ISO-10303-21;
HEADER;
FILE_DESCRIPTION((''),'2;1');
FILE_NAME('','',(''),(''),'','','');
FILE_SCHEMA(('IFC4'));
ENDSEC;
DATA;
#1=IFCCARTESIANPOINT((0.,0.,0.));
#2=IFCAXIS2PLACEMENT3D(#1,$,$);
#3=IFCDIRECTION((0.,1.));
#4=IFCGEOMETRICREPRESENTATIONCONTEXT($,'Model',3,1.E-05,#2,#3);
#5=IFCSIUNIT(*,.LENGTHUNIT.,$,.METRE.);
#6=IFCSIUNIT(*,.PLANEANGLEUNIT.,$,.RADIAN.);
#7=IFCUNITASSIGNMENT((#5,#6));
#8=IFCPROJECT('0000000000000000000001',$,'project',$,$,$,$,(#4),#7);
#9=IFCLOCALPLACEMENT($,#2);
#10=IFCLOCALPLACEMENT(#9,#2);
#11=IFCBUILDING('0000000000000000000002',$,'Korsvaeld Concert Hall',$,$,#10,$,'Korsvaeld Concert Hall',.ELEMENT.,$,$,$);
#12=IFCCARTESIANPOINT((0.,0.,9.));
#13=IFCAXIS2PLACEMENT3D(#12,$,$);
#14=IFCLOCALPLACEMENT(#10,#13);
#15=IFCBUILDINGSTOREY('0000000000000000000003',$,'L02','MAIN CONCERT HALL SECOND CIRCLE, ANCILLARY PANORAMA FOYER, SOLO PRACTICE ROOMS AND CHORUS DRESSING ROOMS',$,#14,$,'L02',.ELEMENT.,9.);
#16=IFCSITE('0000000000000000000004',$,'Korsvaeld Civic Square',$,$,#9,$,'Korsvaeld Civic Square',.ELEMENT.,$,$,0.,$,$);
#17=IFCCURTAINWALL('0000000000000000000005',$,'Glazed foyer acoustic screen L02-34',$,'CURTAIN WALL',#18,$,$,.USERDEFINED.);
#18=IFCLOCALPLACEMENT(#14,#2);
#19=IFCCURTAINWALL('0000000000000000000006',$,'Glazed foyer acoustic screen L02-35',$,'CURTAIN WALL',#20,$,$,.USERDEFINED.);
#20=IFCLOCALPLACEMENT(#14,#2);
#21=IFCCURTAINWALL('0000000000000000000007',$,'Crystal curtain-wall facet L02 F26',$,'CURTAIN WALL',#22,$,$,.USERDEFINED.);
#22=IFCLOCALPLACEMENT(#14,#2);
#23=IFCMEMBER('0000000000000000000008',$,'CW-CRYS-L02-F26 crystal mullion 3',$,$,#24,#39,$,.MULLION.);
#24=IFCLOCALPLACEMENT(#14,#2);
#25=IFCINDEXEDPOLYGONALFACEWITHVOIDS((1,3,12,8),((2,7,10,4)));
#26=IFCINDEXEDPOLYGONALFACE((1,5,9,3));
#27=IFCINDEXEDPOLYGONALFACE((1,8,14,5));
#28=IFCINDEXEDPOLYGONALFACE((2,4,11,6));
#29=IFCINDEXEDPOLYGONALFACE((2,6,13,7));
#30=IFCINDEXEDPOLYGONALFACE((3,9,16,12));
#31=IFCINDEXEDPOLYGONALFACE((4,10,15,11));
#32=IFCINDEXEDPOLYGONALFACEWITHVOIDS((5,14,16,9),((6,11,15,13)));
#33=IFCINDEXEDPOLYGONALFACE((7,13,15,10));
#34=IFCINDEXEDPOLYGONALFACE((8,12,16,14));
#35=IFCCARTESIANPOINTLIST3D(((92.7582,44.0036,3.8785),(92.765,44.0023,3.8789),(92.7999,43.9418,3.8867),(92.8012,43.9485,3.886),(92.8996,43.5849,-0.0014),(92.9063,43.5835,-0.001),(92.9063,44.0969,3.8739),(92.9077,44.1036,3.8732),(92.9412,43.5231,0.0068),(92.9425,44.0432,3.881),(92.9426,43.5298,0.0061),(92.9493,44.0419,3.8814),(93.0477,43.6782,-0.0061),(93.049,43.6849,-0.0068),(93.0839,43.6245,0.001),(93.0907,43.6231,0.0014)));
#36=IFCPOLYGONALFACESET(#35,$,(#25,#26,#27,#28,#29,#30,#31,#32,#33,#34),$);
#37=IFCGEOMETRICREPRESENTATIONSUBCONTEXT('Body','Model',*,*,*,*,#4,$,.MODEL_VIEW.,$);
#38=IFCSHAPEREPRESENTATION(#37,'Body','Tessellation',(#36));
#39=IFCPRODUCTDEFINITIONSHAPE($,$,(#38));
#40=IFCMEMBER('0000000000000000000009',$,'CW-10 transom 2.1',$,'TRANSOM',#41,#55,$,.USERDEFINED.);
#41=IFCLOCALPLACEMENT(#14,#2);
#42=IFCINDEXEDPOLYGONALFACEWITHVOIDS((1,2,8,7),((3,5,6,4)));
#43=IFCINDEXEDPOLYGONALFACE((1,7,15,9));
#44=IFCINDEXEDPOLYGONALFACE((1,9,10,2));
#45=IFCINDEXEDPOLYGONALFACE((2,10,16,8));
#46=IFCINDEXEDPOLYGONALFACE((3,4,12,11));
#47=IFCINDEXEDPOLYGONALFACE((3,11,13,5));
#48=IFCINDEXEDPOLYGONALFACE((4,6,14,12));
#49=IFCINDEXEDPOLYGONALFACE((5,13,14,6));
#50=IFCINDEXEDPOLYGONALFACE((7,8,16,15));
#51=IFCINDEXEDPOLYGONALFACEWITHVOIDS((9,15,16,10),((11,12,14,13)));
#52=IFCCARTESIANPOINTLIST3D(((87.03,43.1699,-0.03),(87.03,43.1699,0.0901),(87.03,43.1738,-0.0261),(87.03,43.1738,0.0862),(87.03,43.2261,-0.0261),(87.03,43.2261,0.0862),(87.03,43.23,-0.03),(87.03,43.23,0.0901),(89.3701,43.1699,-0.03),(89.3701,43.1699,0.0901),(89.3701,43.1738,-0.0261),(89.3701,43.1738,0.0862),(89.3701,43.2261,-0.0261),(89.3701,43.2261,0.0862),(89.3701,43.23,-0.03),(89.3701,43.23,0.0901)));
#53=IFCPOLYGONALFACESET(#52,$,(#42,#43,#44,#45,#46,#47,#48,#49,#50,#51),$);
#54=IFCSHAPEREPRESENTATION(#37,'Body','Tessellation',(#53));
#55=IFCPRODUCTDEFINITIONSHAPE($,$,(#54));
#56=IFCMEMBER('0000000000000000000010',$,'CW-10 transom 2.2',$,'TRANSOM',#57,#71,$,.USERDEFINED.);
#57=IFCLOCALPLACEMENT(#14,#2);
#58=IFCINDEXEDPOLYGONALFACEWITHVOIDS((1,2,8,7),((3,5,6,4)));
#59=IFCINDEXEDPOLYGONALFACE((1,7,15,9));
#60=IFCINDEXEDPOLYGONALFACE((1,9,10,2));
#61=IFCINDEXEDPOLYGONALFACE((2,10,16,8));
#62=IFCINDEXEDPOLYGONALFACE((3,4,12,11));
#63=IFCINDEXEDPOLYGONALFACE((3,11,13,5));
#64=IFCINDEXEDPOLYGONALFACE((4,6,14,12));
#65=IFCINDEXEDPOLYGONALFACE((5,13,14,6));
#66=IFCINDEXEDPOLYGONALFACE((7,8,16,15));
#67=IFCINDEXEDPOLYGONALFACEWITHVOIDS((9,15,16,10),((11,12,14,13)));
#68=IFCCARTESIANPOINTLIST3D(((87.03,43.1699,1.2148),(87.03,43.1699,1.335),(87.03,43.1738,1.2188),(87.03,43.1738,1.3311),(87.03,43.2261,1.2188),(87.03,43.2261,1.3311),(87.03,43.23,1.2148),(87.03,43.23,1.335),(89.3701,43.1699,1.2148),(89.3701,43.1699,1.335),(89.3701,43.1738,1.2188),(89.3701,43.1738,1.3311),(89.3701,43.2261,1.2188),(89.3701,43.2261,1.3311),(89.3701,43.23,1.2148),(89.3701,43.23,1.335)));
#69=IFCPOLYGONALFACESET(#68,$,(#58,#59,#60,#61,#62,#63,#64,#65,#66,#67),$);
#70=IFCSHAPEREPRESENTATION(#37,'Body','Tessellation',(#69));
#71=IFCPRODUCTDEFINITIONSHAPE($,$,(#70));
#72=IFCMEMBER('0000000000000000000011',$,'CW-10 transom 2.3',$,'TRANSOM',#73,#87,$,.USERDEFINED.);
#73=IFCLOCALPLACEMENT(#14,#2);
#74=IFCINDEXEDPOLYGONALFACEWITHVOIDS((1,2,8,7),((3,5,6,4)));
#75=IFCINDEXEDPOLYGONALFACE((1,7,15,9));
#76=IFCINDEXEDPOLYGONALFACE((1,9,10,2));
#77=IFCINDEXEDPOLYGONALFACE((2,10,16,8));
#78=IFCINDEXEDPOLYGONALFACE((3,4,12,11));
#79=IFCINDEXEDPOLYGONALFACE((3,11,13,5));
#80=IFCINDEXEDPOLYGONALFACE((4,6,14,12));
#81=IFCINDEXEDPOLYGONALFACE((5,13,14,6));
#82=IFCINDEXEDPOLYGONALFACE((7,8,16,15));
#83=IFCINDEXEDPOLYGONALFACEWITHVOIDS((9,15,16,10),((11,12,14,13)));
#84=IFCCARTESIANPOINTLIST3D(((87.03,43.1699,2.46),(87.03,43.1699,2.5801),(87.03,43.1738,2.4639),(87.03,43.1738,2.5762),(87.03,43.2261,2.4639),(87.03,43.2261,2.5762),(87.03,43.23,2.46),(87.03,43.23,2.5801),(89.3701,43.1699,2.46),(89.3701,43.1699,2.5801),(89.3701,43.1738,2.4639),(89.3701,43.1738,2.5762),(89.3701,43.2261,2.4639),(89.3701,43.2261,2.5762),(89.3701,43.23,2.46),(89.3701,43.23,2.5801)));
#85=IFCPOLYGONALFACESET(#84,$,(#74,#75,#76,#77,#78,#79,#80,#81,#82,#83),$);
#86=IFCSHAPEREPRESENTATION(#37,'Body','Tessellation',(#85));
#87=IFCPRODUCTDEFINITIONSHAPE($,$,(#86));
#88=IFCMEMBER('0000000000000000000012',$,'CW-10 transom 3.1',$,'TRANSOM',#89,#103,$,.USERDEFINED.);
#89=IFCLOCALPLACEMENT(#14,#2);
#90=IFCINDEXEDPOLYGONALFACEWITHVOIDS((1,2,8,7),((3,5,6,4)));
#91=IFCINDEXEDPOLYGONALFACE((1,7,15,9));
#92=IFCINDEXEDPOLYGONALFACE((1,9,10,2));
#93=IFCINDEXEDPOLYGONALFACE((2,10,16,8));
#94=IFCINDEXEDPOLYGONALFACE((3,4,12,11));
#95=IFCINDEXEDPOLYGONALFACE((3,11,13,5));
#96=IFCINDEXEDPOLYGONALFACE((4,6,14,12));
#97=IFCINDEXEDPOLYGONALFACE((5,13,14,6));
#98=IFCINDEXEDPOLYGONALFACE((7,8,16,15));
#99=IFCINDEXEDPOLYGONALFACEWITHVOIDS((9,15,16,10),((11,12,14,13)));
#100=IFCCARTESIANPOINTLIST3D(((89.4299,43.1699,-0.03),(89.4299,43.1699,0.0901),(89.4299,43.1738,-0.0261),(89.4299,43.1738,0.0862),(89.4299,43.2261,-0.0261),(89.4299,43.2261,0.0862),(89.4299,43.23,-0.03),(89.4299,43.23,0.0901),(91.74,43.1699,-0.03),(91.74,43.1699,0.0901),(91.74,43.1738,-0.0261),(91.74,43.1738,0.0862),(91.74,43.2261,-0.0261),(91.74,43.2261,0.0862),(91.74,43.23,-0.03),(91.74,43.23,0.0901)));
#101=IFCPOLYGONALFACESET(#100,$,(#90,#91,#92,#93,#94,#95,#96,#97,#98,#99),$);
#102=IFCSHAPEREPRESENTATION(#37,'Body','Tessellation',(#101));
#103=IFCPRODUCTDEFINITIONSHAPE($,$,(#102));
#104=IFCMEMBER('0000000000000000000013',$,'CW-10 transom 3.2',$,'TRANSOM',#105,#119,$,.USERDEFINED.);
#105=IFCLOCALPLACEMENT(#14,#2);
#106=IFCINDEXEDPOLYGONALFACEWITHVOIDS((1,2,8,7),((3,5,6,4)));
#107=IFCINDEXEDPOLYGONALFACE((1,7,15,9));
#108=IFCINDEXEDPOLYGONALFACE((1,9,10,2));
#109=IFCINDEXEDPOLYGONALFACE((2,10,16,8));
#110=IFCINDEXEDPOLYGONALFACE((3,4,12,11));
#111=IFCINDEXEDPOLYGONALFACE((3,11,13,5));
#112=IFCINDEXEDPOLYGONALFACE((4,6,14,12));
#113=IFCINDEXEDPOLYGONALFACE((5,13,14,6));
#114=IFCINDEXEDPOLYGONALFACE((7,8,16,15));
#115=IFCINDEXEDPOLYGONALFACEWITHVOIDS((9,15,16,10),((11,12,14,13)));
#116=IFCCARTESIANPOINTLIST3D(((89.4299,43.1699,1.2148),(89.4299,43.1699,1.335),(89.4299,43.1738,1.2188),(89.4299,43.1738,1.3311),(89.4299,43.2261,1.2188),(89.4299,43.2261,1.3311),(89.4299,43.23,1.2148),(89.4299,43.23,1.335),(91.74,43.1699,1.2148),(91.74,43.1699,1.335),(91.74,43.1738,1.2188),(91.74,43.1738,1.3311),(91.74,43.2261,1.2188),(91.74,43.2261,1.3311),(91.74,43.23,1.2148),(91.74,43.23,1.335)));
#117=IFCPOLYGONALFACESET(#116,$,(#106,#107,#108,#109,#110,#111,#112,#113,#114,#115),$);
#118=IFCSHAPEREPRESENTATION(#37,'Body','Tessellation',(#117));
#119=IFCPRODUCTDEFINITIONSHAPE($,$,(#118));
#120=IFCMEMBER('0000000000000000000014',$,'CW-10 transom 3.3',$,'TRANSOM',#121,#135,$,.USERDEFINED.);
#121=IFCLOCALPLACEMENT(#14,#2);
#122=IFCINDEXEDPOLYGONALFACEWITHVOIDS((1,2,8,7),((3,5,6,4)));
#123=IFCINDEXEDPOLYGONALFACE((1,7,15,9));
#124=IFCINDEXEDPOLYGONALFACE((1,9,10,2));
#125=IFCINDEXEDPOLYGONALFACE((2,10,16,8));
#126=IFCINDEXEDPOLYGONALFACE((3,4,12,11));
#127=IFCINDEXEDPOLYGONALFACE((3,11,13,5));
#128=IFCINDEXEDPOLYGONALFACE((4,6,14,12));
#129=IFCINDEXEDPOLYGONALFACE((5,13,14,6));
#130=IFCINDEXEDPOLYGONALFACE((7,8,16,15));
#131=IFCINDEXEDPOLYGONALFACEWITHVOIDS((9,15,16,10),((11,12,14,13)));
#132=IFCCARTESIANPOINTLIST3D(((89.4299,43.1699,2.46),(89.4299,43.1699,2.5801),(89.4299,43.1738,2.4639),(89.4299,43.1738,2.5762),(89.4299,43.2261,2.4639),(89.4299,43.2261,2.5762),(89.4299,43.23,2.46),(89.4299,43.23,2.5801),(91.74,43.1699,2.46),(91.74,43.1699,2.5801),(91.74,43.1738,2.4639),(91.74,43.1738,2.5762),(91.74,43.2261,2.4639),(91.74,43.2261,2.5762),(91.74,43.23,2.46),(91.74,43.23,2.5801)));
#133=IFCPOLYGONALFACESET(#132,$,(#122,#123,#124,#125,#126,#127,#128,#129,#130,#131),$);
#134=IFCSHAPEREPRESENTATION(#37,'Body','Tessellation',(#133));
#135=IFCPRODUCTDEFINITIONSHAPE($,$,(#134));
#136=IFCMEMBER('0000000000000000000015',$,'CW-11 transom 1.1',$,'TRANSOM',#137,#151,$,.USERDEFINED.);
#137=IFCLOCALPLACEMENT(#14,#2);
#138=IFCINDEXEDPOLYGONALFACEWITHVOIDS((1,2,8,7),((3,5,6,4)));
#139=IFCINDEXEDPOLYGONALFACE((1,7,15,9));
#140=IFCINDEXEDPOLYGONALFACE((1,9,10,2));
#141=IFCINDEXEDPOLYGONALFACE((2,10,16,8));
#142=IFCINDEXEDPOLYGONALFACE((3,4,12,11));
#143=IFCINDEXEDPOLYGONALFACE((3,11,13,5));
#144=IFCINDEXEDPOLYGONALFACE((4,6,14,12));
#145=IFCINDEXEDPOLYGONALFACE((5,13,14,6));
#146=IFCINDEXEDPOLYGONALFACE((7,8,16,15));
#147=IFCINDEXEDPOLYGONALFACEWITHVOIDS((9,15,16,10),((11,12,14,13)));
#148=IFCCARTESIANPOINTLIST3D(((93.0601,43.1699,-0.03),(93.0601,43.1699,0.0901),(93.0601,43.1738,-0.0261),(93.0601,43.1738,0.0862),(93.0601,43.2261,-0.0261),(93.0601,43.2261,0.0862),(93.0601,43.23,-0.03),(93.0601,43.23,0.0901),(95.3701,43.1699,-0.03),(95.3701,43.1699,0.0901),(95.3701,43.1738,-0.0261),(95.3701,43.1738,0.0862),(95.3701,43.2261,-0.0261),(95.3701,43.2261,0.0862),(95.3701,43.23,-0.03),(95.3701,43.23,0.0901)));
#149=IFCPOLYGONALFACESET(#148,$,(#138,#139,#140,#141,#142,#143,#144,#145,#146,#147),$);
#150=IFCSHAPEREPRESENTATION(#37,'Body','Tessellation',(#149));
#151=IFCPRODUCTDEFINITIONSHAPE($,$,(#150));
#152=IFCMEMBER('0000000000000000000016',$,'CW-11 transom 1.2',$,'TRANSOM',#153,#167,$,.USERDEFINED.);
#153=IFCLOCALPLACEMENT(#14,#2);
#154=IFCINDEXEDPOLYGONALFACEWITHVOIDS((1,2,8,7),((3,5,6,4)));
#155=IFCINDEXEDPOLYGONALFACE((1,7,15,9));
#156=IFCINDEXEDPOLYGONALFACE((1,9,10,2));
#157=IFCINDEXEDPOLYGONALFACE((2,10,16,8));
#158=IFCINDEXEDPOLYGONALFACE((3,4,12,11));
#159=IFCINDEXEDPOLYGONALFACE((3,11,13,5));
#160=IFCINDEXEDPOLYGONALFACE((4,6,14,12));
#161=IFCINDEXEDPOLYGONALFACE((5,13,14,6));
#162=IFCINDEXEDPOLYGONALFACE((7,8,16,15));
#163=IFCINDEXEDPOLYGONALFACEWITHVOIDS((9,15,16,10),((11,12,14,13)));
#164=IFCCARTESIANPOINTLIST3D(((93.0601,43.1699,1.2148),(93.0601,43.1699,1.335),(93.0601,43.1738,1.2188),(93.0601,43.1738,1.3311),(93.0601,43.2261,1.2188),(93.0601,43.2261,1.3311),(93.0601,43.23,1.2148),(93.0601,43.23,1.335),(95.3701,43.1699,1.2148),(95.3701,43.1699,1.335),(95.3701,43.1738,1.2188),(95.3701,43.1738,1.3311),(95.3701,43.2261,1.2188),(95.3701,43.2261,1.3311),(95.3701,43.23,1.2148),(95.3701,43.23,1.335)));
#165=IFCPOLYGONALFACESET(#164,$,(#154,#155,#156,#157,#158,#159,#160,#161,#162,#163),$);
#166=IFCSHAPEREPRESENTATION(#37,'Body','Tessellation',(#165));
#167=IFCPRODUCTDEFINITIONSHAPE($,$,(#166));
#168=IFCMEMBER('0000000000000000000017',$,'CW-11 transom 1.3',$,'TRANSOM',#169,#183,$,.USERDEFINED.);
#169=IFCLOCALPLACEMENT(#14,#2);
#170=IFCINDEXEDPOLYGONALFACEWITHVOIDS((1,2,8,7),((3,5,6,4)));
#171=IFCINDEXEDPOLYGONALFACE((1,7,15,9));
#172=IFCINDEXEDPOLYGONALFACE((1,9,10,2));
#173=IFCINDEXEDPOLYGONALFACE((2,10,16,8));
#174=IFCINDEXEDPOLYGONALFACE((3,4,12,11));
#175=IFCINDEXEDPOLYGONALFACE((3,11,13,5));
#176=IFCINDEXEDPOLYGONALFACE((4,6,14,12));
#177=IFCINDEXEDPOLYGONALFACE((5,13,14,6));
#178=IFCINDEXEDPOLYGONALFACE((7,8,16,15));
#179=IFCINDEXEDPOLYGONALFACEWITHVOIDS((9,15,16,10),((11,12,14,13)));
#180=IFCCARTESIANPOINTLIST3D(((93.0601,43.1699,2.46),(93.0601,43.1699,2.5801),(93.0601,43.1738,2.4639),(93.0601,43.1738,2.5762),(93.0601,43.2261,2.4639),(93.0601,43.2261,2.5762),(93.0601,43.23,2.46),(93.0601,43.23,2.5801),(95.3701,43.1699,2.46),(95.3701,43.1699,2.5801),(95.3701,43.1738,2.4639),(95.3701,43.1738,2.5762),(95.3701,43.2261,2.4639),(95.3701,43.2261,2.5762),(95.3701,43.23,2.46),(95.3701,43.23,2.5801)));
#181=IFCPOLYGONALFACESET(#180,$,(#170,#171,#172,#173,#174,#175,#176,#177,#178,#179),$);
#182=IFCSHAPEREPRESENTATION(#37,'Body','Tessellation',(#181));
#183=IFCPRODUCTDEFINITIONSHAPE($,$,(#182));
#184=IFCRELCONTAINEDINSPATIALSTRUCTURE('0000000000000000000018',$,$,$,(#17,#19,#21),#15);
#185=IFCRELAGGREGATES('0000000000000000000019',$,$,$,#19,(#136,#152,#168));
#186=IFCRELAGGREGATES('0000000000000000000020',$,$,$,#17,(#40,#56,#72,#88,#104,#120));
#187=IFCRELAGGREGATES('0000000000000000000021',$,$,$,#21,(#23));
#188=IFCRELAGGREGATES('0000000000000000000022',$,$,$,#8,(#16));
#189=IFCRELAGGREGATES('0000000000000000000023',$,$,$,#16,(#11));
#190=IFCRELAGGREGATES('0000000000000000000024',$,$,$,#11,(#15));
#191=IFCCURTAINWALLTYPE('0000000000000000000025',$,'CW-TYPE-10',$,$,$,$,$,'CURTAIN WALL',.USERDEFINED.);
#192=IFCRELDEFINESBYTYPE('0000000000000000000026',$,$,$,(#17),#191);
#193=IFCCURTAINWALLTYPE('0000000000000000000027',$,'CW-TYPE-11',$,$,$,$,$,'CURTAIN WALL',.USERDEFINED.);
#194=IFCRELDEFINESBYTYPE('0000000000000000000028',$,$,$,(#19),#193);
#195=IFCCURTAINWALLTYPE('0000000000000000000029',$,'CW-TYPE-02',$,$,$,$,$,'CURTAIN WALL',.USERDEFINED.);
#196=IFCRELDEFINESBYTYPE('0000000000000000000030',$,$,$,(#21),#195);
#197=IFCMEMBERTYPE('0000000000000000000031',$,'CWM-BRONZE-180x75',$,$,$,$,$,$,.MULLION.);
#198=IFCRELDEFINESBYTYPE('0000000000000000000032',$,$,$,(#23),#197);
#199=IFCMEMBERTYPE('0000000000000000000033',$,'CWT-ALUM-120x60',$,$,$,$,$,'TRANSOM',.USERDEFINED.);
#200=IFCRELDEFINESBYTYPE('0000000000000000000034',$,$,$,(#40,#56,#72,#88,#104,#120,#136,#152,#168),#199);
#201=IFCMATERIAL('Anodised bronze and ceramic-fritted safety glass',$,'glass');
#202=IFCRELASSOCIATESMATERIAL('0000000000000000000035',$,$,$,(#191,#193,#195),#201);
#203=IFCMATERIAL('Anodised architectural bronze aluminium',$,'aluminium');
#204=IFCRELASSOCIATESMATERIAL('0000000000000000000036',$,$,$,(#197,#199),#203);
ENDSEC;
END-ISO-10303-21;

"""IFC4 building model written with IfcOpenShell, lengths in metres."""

from ifc_helpers import new_model, si_unit, direction, frame, origin, origin_2d, place, context, subcontext, project, spatial, hollow_rectangle, extrude, material, material_profile, profile_set, type_object, element, aggregate, save


model = new_model("IFC4")

# Units and contexts
model_context = context("Model", 3, precision=1e-05, world=origin(), true_north=direction((0.0, 1.0)))
body_context = subcontext(model_context, "Body", "Model", "MODEL_VIEW")
ifc_project = project(units=[si_unit("LENGTHUNIT", "METRE"), si_unit("PLANEANGLEUNIT", "RADIAN")], contexts=[model_context])

# Site, building, storey
site_placement = place(None, origin())
site = spatial("IfcSite", under=ifc_project, at=site_placement, Name="Korsvaeld Civic Square", LongName="Korsvaeld Civic Square", CompositionType="ELEMENT", RefElevation=0.0)
building_placement = place(site_placement, origin())
building = spatial("IfcBuilding", under=site, at=building_placement, Name="Korsvaeld Concert Hall", LongName="Korsvaeld Concert Hall", CompositionType="ELEMENT")
storey_placement = place(building_placement, frame((0.0, 0.0, 9.0)))
storey = spatial("IfcBuildingStorey", under=building, at=storey_placement, Name="L02", Description="MAIN CONCERT HALL SECOND CIRCLE, ANCILLARY PANORAMA FOYER, SOLO PRACTICE ROOMS AND CHORUS DRESSING ROOMS", LongName="L02", CompositionType="ELEMENT", Elevation=9.0)

# Curtain wall
ifc_material_1 = material(Name="Anodised bronze and ceramic-fritted safety glass", Category="glass")
curtain_wall_type_1 = type_object("IfcCurtainWallType", Name="CW-TYPE-10", ElementType="CURTAIN WALL", PredefinedType="USERDEFINED", material=ifc_material_1)
curtain_wall_1_placement = place(storey_placement, origin())
curtain_wall_1 = element("IfcCurtainWall", 1, at=curtain_wall_1_placement, inside=storey, type_object=curtain_wall_type_1, Name="Glazed foyer acoustic screen L02-34", ObjectType="CURTAIN WALL", PredefinedType="USERDEFINED")
ifc_material_2 = material(Name="Anodised architectural bronze aluminium", Category="aluminium")

# Curtain walls, member
curtain_wall_type_2 = type_object("IfcCurtainWallType", Name="CW-TYPE-11", ElementType="CURTAIN WALL", PredefinedType="USERDEFINED", material=ifc_material_1)
curtain_wall_2_placement = place(storey_placement, origin())
curtain_wall_2 = element("IfcCurtainWall", 2, at=curtain_wall_2_placement, inside=storey, type_object=curtain_wall_type_2, Name="Glazed foyer acoustic screen L02-35", ObjectType="CURTAIN WALL", PredefinedType="USERDEFINED")
curtain_wall_type_3 = type_object("IfcCurtainWallType", Name="CW-TYPE-02", ElementType="CURTAIN WALL", PredefinedType="USERDEFINED", material=ifc_material_1)
curtain_wall_3_placement = place(storey_placement, origin())
curtain_wall_3 = element("IfcCurtainWall", 3, at=curtain_wall_3_placement, inside=storey, type_object=curtain_wall_type_3, Name="Crystal curtain-wall facet L02 F26", ObjectType="CURTAIN WALL", PredefinedType="USERDEFINED")
ifc_material_profile_1 = material_profile(ifc_material_2, hollow_rectangle(XDim=0.075, YDim=0.1799, WallThickness=0.0049, at=origin_2d()), Name="CWM 180x75x5")
ifc_profile_set_1 = profile_set([ifc_material_profile_1], Name="Anodised architectural bronze aluminium")
member_type_1 = type_object("IfcMemberType", Name="CWM-BRONZE-180x75", PredefinedType="MULLION", material=ifc_profile_set_1)
member_1_placement = place(storey_placement, frame((92.9951, 43.604, 0.0), z_axis=(-0.036199, 0.107223, 0.993576), x_axis=(0.555734, -0.824159, 0.109187)))
member_1 = element("IfcMember", 4, at=member_1_placement, type_object=member_type_1, Name="CW-CRYS-L02-F26 crystal mullion 3", PredefinedType="MULLION", context=body_context, shape_type="SweptSolid", body=[
    extrude(hollow_rectangle(XDim=0.075, YDim=0.1799, WallThickness=0.0049, at=origin_2d()), origin(), (0.0, 0.0, 1.0), 3.905),
])

# Members
ifc_material_profile_2 = material_profile(ifc_material_2, hollow_rectangle(XDim=0.0601, YDim=0.1201, WallThickness=0.0039, at=origin_2d()), Name="CWT 120x60x4")
ifc_profile_set_2 = profile_set([ifc_material_profile_2], Name="Anodised architectural bronze aluminium")
member_type_2 = type_object("IfcMemberType", Name="CWT-ALUM-120x60", ElementType="TRANSOM", PredefinedType="USERDEFINED", material=ifc_profile_set_2)
member_2_placement = place(storey_placement, frame((87.03, 43.2, 0.03), z_axis=(1.0, 0.0, 0.0), x_axis=(0.0, 1.0, 0.0)))
member_2 = element("IfcMember", 5, at=member_2_placement, type_object=member_type_2, Name="CW-10 transom 2.1", ObjectType="TRANSOM", PredefinedType="USERDEFINED", context=body_context, shape_type="SweptSolid", body=[
    extrude(hollow_rectangle(XDim=0.0601, YDim=0.1201, WallThickness=0.0039, at=origin_2d()), origin(), (0.0, 0.0, 1.0), 2.3401),
])
member_3_placement = place(storey_placement, frame((87.03, 43.2, 1.2749), z_axis=(1.0, 0.0, 0.0), x_axis=(0.0, 1.0, 0.0)))
member_3 = element("IfcMember", 6, at=member_3_placement, type_object=member_type_2, Name="CW-10 transom 2.2", ObjectType="TRANSOM", PredefinedType="USERDEFINED", context=body_context, shape_type="SweptSolid", body=[
    extrude(hollow_rectangle(XDim=0.0601, YDim=0.1201, WallThickness=0.0039, at=origin_2d()), origin(), (0.0, 0.0, 1.0), 2.3401),
])
member_4_placement = place(storey_placement, frame((87.03, 43.2, 2.52), z_axis=(1.0, 0.0, 0.0), x_axis=(0.0, 1.0, 0.0)))
member_4 = element("IfcMember", 7, at=member_4_placement, type_object=member_type_2, Name="CW-10 transom 2.3", ObjectType="TRANSOM", PredefinedType="USERDEFINED", context=body_context, shape_type="SweptSolid", body=[
    extrude(hollow_rectangle(XDim=0.0601, YDim=0.1201, WallThickness=0.0039, at=origin_2d()), origin(), (0.0, 0.0, 1.0), 2.3401),
])
member_5_placement = place(storey_placement, frame((89.4299, 43.2, 0.03), z_axis=(1.0, 0.0, 0.0), x_axis=(0.0, 1.0, 0.0)))
member_5 = element("IfcMember", 8, at=member_5_placement, type_object=member_type_2, Name="CW-10 transom 3.1", ObjectType="TRANSOM", PredefinedType="USERDEFINED", context=body_context, shape_type="SweptSolid", body=[
    extrude(hollow_rectangle(XDim=0.0601, YDim=0.1201, WallThickness=0.0039, at=origin_2d()), origin(), (0.0, 0.0, 1.0), 2.3101),
])
member_6_placement = place(storey_placement, frame((89.4299, 43.2, 1.2749), z_axis=(1.0, 0.0, 0.0), x_axis=(0.0, 1.0, 0.0)))
member_6 = element("IfcMember", 9, at=member_6_placement, type_object=member_type_2, Name="CW-10 transom 3.2", ObjectType="TRANSOM", PredefinedType="USERDEFINED", context=body_context, shape_type="SweptSolid", body=[
    extrude(hollow_rectangle(XDim=0.0601, YDim=0.1201, WallThickness=0.0039, at=origin_2d()), origin(), (0.0, 0.0, 1.0), 2.3101),
])
member_7_placement = place(storey_placement, frame((89.4299, 43.2, 2.52), z_axis=(1.0, 0.0, 0.0), x_axis=(0.0, 1.0, 0.0)))
member_7 = element("IfcMember", 10, at=member_7_placement, type_object=member_type_2, Name="CW-10 transom 3.3", ObjectType="TRANSOM", PredefinedType="USERDEFINED", context=body_context, shape_type="SweptSolid", body=[
    extrude(hollow_rectangle(XDim=0.0601, YDim=0.1201, WallThickness=0.0039, at=origin_2d()), origin(), (0.0, 0.0, 1.0), 2.3101),
])
member_8_placement = place(storey_placement, frame((93.0601, 43.2, 0.03), z_axis=(1.0, 0.0, 0.0), x_axis=(0.0, 1.0, 0.0)))
member_8 = element("IfcMember", 11, at=member_8_placement, type_object=member_type_2, Name="CW-11 transom 1.1", ObjectType="TRANSOM", PredefinedType="USERDEFINED", context=body_context, shape_type="SweptSolid", body=[
    extrude(hollow_rectangle(XDim=0.0601, YDim=0.1201, WallThickness=0.0039, at=origin_2d()), origin(), (0.0, 0.0, 1.0), 2.3101),
])
member_9_placement = place(storey_placement, frame((93.0601, 43.2, 1.2749), z_axis=(1.0, 0.0, 0.0), x_axis=(0.0, 1.0, 0.0)))
member_9 = element("IfcMember", 12, at=member_9_placement, type_object=member_type_2, Name="CW-11 transom 1.2", ObjectType="TRANSOM", PredefinedType="USERDEFINED", context=body_context, shape_type="SweptSolid", body=[
    extrude(hollow_rectangle(XDim=0.0601, YDim=0.1201, WallThickness=0.0039, at=origin_2d()), origin(), (0.0, 0.0, 1.0), 2.3101),
])
member_10_placement = place(storey_placement, frame((93.0601, 43.2, 2.52), z_axis=(1.0, 0.0, 0.0), x_axis=(0.0, 1.0, 0.0)))
member_10 = element("IfcMember", 13, at=member_10_placement, type_object=member_type_2, Name="CW-11 transom 1.3", ObjectType="TRANSOM", PredefinedType="USERDEFINED", context=body_context, shape_type="SweptSolid", body=[
    extrude(hollow_rectangle(XDim=0.0601, YDim=0.1201, WallThickness=0.0039, at=origin_2d()), origin(), (0.0, 0.0, 1.0), 2.3101),
])
aggregate(curtain_wall_2, [member_8, member_9, member_10])

aggregate(curtain_wall_1, [member_2, member_3, member_4, member_5, member_6, member_7])
aggregate(curtain_wall_3, [member_1])

save(model, "model.ifc")
